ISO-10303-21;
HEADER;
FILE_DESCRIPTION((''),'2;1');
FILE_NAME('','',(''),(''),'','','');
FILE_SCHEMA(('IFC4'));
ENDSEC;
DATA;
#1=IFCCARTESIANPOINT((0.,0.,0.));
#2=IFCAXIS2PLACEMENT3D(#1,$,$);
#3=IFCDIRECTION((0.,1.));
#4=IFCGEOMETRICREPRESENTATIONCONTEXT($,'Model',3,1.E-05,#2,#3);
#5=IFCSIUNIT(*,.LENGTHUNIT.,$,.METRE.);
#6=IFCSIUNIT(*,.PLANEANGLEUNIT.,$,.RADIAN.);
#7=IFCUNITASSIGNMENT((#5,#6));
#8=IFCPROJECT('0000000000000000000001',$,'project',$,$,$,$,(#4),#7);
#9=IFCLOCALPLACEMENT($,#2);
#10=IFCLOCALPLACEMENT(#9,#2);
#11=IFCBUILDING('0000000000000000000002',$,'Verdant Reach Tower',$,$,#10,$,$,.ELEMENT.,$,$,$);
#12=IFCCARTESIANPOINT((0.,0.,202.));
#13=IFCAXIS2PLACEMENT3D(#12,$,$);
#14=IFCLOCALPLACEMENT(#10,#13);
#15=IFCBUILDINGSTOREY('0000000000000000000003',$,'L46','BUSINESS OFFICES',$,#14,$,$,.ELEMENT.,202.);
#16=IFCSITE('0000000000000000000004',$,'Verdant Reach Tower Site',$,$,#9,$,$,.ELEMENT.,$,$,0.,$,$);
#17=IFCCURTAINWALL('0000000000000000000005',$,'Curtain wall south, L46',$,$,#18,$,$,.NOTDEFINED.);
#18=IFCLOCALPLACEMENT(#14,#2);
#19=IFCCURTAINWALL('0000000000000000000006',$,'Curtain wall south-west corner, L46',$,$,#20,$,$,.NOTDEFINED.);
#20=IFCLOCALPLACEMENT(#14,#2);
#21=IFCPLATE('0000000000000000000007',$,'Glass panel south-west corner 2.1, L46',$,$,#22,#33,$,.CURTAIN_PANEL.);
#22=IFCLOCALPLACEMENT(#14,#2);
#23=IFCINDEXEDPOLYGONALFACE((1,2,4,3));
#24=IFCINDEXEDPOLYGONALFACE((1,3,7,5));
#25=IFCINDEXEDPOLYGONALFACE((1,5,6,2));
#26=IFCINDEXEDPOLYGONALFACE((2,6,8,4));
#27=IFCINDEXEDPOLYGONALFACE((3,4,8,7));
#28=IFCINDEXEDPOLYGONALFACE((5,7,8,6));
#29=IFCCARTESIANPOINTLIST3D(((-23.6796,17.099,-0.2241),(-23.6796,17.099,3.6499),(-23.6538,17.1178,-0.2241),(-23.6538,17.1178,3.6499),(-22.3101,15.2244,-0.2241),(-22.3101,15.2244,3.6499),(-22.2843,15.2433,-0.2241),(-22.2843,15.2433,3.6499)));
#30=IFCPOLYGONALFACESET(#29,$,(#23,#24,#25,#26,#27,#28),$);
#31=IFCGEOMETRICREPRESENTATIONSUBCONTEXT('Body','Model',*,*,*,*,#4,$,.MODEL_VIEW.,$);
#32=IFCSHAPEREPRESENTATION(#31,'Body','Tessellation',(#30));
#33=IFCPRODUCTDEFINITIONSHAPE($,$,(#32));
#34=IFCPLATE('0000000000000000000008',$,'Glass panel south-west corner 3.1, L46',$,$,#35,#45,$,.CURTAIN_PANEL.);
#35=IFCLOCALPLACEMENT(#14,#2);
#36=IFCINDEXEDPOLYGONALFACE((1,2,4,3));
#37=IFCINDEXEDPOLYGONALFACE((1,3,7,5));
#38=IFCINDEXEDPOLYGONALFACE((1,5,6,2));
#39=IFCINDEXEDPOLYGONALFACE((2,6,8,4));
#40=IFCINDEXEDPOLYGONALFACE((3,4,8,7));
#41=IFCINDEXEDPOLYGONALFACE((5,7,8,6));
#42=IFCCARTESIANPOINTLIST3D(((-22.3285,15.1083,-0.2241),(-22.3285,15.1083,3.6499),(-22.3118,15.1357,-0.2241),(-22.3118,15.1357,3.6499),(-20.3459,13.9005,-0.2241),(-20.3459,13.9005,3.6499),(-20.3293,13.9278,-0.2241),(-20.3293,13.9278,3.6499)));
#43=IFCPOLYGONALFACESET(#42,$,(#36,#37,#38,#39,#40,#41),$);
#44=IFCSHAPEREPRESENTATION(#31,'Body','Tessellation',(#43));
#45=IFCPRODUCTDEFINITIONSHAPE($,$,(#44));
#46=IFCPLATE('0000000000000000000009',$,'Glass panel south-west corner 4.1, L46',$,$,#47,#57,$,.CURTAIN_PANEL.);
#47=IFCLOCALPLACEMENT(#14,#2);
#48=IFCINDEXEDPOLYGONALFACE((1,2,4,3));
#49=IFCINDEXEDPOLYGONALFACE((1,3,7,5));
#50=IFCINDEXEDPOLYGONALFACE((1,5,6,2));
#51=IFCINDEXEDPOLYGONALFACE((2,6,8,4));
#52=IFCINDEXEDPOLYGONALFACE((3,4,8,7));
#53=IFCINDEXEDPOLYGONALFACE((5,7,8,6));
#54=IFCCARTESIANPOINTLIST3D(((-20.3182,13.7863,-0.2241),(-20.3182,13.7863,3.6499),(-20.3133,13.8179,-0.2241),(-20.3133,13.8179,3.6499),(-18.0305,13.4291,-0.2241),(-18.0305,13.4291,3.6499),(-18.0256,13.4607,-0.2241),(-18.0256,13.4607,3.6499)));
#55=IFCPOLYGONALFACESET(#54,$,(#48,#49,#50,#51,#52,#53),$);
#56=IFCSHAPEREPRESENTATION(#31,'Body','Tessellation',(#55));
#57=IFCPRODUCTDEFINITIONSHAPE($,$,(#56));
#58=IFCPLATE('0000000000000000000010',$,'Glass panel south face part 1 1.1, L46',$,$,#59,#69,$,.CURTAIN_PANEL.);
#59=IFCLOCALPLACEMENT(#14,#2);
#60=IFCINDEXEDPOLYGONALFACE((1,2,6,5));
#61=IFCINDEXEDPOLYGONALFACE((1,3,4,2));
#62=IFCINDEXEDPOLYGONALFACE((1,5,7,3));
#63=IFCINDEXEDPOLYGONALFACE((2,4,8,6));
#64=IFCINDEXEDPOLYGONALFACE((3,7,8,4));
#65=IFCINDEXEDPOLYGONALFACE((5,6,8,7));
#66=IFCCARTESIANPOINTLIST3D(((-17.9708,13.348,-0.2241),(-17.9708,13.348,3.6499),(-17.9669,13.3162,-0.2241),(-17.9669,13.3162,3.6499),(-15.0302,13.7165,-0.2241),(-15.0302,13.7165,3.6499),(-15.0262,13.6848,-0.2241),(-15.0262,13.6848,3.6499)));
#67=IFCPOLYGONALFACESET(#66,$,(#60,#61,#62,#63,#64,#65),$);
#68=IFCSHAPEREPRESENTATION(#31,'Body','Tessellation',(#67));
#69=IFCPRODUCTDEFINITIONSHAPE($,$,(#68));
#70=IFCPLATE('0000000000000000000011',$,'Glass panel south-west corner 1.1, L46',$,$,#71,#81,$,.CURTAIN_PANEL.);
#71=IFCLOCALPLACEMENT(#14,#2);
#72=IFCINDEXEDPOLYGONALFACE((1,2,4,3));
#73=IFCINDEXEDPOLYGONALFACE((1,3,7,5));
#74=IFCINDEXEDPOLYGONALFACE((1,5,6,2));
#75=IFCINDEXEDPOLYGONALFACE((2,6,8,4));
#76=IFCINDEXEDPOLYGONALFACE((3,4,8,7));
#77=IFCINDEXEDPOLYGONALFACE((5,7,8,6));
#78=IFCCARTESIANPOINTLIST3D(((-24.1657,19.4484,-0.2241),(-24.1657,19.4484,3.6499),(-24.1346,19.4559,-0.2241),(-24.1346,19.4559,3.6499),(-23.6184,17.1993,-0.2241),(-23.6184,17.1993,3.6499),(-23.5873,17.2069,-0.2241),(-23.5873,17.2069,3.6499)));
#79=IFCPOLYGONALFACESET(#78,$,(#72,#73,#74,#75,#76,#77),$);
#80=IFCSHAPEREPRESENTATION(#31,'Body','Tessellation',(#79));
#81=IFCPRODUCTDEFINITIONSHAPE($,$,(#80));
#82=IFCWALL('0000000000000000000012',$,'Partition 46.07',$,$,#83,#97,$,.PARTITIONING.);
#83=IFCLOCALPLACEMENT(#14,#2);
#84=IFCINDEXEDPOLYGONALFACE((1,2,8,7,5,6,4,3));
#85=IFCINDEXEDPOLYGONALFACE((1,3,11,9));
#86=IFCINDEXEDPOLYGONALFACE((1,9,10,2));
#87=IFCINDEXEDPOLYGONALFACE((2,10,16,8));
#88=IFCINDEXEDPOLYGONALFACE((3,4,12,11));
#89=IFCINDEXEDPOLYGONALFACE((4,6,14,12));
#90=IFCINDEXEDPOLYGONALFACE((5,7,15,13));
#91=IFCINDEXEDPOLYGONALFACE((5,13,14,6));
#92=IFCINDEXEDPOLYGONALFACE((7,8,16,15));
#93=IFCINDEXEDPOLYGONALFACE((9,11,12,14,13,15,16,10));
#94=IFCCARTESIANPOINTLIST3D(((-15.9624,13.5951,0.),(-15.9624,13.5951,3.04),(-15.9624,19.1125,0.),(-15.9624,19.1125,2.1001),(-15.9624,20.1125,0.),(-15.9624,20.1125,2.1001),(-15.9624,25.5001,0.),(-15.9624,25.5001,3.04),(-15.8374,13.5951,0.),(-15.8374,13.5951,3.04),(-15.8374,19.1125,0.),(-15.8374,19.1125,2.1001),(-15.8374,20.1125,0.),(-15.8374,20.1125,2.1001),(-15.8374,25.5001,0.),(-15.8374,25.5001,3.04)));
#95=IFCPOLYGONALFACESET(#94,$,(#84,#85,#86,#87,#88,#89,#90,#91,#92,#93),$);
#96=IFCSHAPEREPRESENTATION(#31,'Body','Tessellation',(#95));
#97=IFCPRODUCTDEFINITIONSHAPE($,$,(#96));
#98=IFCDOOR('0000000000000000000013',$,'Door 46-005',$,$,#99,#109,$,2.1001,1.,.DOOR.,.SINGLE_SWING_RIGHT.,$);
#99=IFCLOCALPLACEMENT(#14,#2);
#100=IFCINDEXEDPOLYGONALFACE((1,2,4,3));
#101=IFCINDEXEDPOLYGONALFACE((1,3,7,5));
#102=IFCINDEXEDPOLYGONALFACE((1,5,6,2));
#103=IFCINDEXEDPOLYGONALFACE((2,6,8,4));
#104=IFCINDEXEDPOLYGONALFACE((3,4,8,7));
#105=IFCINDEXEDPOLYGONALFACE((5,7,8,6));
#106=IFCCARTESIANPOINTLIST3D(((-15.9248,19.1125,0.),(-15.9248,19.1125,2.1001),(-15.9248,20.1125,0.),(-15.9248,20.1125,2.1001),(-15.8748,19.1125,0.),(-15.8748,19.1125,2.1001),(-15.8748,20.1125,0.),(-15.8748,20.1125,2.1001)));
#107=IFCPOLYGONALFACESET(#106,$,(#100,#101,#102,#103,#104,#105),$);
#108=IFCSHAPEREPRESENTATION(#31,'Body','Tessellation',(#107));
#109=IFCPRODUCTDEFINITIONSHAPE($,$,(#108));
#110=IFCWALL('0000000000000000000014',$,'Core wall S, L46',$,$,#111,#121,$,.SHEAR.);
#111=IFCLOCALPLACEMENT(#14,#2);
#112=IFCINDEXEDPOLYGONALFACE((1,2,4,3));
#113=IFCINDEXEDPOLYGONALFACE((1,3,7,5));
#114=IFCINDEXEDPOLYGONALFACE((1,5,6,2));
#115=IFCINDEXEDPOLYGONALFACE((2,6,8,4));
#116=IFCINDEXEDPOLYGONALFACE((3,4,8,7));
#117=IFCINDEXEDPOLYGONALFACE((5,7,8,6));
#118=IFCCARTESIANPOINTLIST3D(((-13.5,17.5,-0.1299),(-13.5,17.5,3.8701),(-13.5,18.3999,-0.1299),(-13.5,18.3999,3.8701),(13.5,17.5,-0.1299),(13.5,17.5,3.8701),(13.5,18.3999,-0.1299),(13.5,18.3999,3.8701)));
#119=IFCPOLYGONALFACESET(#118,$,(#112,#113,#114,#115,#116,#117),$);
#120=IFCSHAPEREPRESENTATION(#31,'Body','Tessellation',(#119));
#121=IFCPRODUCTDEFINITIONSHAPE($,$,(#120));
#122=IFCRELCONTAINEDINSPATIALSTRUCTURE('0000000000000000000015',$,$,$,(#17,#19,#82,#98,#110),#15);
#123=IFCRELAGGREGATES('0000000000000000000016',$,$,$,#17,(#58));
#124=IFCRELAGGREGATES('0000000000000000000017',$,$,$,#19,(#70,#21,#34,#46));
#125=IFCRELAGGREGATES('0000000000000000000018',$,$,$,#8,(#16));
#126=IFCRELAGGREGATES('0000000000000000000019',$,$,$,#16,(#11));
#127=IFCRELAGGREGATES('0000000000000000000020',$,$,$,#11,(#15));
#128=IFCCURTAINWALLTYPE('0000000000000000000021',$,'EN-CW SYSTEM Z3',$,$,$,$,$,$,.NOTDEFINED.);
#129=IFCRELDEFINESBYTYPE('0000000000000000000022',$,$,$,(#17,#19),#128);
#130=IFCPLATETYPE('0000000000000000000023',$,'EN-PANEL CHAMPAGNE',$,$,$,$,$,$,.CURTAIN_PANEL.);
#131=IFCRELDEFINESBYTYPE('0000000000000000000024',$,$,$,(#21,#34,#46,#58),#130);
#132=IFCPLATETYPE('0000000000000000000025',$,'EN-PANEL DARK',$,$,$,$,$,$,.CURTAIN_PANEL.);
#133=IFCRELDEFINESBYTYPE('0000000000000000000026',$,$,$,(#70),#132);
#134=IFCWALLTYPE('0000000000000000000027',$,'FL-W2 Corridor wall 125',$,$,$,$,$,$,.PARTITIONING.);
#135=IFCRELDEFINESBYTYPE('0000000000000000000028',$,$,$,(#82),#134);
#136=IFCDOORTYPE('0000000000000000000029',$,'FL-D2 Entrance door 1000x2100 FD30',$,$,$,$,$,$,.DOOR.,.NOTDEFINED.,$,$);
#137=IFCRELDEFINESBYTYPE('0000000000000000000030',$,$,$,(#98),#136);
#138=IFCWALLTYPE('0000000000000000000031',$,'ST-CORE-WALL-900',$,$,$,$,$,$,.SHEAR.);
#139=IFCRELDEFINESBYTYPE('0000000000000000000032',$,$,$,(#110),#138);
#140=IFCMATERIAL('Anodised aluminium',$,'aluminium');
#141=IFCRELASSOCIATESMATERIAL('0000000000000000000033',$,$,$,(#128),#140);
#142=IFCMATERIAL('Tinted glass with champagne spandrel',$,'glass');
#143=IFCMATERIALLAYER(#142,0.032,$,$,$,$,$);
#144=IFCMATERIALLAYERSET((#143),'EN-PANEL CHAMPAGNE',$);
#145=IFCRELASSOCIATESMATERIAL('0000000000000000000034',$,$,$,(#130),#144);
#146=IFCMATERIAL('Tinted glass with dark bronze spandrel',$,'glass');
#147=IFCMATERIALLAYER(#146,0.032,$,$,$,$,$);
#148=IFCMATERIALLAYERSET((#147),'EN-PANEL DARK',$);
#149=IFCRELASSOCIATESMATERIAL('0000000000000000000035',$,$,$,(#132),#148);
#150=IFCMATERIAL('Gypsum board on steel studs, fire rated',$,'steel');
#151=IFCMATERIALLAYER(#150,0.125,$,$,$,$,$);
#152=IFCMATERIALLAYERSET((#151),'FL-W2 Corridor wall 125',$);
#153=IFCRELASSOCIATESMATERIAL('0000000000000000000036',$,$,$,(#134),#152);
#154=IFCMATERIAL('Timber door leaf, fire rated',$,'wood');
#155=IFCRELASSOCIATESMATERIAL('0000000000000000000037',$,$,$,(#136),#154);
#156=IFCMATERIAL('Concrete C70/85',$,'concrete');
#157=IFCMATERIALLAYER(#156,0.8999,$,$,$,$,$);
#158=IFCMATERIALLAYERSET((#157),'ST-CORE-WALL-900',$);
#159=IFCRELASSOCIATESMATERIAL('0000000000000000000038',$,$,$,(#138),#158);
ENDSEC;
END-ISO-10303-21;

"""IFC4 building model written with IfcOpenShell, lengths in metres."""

from ifc_helpers import new_model, si_unit, direction, frame, frame_2d, origin, origin_2d, place, context, subcontext, project, spatial, rectangle, extrude, material, layer, layer_set, type_object, element, fill, aggregate, save


model = new_model("IFC4")

# Units and contexts
model_context = context("Model", 3, precision=1e-05, world=origin(), true_north=direction((0.0, 1.0)))
body_context = subcontext(model_context, "Body", "Model", "MODEL_VIEW")
ifc_project = project(units=[si_unit("LENGTHUNIT", "METRE"), si_unit("PLANEANGLEUNIT", "RADIAN")], contexts=[model_context])

# Site, building, storey
site_placement = place(None, origin())
site = spatial("IfcSite", under=ifc_project, at=site_placement, Name="Verdant Reach Tower Site", CompositionType="ELEMENT", RefElevation=0.0)
building_placement = place(site_placement, origin())
building = spatial("IfcBuilding", under=site, at=building_placement, Name="Verdant Reach Tower", CompositionType="ELEMENT")
storey_placement = place(building_placement, frame((0.0, 0.0, 202.0)))
storey = spatial("IfcBuildingStorey", under=building, at=storey_placement, Name="L46", Description="BUSINESS OFFICES", CompositionType="ELEMENT", Elevation=202.0)

# Curtain wall
ifc_material_1 = material(Name="Anodised aluminium", Category="aluminium")
curtain_wall_type = type_object("IfcCurtainWallType", Name="EN-CW SYSTEM Z3", PredefinedType="NOTDEFINED", material=ifc_material_1)
curtain_wall_1_placement = place(storey_placement, origin())
curtain_wall_1 = element("IfcCurtainWall", 1, at=curtain_wall_1_placement, inside=storey, type_object=curtain_wall_type, Name="Curtain wall south, L46", PredefinedType="NOTDEFINED")

# Curtain wall, plates
curtain_wall_2_placement = place(storey_placement, origin())
curtain_wall_2 = element("IfcCurtainWall", 2, at=curtain_wall_2_placement, inside=storey, type_object=curtain_wall_type, Name="Curtain wall south-west corner, L46", PredefinedType="NOTDEFINED")
ifc_material_2 = material(Name="Tinted glass with champagne spandrel", Category="glass")
ifc_layer_1 = layer(ifc_material_2, 0.032)
ifc_layer_set_1 = layer_set([ifc_layer_1], Name="EN-PANEL CHAMPAGNE")
plate_type_1 = type_object("IfcPlateType", Name="EN-PANEL CHAMPAGNE", PredefinedType="CURTAIN_PANEL", material=ifc_layer_set_1)
plate_1_placement = place(storey_placement, frame((-22.9819, 16.1711, -0.2241), z_axis=(0.0, 0.0, 1.0), x_axis=(0.589927, -0.807457, 0.0)))
plate_1 = element("IfcPlate", 3, at=plate_1_placement, type_object=plate_type_1, Name="Glass panel south-west corner 2.1, L46", PredefinedType="CURTAIN_PANEL", context=body_context, shape_type="SweptSolid", body=[
    extrude(rectangle(XDim=2.3215, YDim=0.032, at=origin_2d()), origin(), (0.0, 0.0, 1.0), 3.874),
])
plate_2_placement = place(storey_placement, frame((-21.3289, 14.5181, -0.2241), z_axis=(0.0, 0.0, 1.0), x_axis=(0.853989, -0.520292, 0.0)))
plate_2 = element("IfcPlate", 4, at=plate_2_placement, type_object=plate_type_1, Name="Glass panel south-west corner 3.1, L46", PredefinedType="CURTAIN_PANEL", context=body_context, shape_type="SweptSolid", body=[
    extrude(rectangle(XDim=2.3215, YDim=0.032, at=origin_2d()), origin(), (0.0, 0.0, 1.0), 3.874),
])
plate_3_placement = place(storey_placement, frame((-19.1719, 13.6235, -0.2241), z_axis=(0.0, 0.0, 1.0), x_axis=(0.988029, -0.154268, 0.0)))
plate_3 = element("IfcPlate", 5, at=plate_3_placement, type_object=plate_type_1, Name="Glass panel south-west corner 4.1, L46", PredefinedType="CURTAIN_PANEL", context=body_context, shape_type="SweptSolid", body=[
    extrude(rectangle(XDim=2.3154, YDim=0.032, at=origin_2d()), origin(), (0.0, 0.0, 1.0), 3.874),
])

# Plates
plate_4_placement = place(storey_placement, frame((-16.4985, 13.5164, -0.2241), z_axis=(0.0, 0.0, 1.0), x_axis=(0.992238, 0.124355, 0.0)))
plate_4 = element("IfcPlate", 6, at=plate_4_placement, type_object=plate_type_1, Name="Glass panel south face part 1 1.1, L46", PredefinedType="CURTAIN_PANEL", context=body_context, shape_type="SweptSolid", body=[
    extrude(rectangle(XDim=2.9636, YDim=0.032, at=origin_2d()), origin(), (0.0, 0.0, 1.0), 3.874),
])
aggregate(curtain_wall_1, [plate_4])
ifc_material_3 = material(Name="Tinted glass with dark bronze spandrel", Category="glass")
ifc_layer_2 = layer(ifc_material_3, 0.032)
ifc_layer_set_2 = layer_set([ifc_layer_2], Name="EN-PANEL DARK")
plate_type_2 = type_object("IfcPlateType", Name="EN-PANEL DARK", PredefinedType="CURTAIN_PANEL", material=ifc_layer_set_2)
plate_5_placement = place(storey_placement, frame((-23.8765, 18.3276, -0.2241), z_axis=(0.0, 0.0, 1.0), x_axis=(0.236446, -0.971645, 0.0)))
plate_5 = element("IfcPlate", 7, at=plate_5_placement, type_object=plate_type_2, Name="Glass panel south-west corner 1.1, L46", PredefinedType="CURTAIN_PANEL", context=body_context, shape_type="SweptSolid", body=[
    extrude(rectangle(XDim=2.3147, YDim=0.032, at=origin_2d()), origin(), (0.0, 0.0, 1.0), 3.874),
])
aggregate(curtain_wall_2, [plate_5, plate_1, plate_2, plate_3])

# Wall, opening, door
ifc_material_4 = material(Name="Gypsum board on steel studs, fire rated", Category="steel")
ifc_layer_3 = layer(ifc_material_4, 0.125)
ifc_layer_set_3 = layer_set([ifc_layer_3], Name="FL-W2 Corridor wall 125")
wall_type_1 = type_object("IfcWallType", Name="FL-W2 Corridor wall 125", PredefinedType="PARTITIONING", material=ifc_layer_set_3)
wall_1_placement = place(storey_placement, frame((-15.8999, 13.595, 0.0), z_axis=(0.0, 0.0, 1.0), x_axis=(0.0, 1.0, 0.0)))
wall_1 = element("IfcWall", 8, at=wall_1_placement, inside=storey, type_object=wall_type_1, Name="Partition 46.07", PredefinedType="PARTITIONING", context=body_context, shape_type="SweptSolid", body=[
    extrude(rectangle(XDim=11.905, YDim=0.125, at=frame_2d((5.9526, 0.0))), origin(), (0.0, 0.0, 1.0), 3.04),
])
opening_placement = place(wall_1_placement, frame((5.5176, 0.0, 0.0)))
opening = element("IfcOpeningElement", 9, at=opening_placement, cuts=wall_1, PredefinedType="OPENING", context=body_context, shape_type="SweptSolid", body=[
    extrude(rectangle(XDim=1.0, YDim=2.1001, at=frame_2d((0.5, 1.05))), frame((0.0, 0.0725, 0.0), z_axis=(0.0, -1.0, 0.0), x_axis=(1.0, 0.0, 0.0)), (0.0, 0.0, 1.0), 0.145),
])
ifc_material_5 = material(Name="Timber door leaf, fire rated", Category="wood")
door_type = type_object("IfcDoorType", Name="FL-D2 Entrance door 1000x2100 FD30", OperationType="NOTDEFINED", PredefinedType="DOOR", material=ifc_material_5)
door_placement = place(opening_placement, origin())
door = element("IfcDoor", 10, at=door_placement, inside=storey, type_object=door_type, Name="Door 46-005", OperationType="SINGLE_SWING_RIGHT", OverallHeight=2.1001, OverallWidth=1.0, PredefinedType="DOOR", context=body_context, shape_type="SweptSolid", body=[
    extrude(rectangle(XDim=1.0, YDim=2.1001, at=frame_2d((0.5, 1.05))), frame((0.0, 0.0249, 0.0), z_axis=(0.0, -1.0, 0.0), x_axis=(1.0, 0.0, 0.0)), (0.0, 0.0, 1.0), 0.05),
])
fill(opening, door)

# Wall
ifc_material_6 = material(Name="Concrete C70/85", Category="concrete")
ifc_layer_4 = layer(ifc_material_6, 0.8999)
ifc_layer_set_4 = layer_set([ifc_layer_4], Name="ST-CORE-WALL-900")
wall_type_2 = type_object("IfcWallType", Name="ST-CORE-WALL-900", PredefinedType="SHEAR", material=ifc_layer_set_4)
wall_2_placement = place(storey_placement, frame((-13.5, 17.95, -0.1299), z_axis=(0.0, 0.0, 1.0), x_axis=(1.0, 0.0, 0.0)))
element("IfcWall", 11, at=wall_2_placement, inside=storey, type_object=wall_type_2, Name="Core wall S, L46", PredefinedType="SHEAR", context=body_context, shape_type="SweptSolid", body=[
    extrude(rectangle(XDim=27.0, YDim=0.8999, at=frame_2d((13.5, 0.0))), origin(), (0.0, 0.0, 1.0), 4.0),
])

save(model, "model.ifc")
